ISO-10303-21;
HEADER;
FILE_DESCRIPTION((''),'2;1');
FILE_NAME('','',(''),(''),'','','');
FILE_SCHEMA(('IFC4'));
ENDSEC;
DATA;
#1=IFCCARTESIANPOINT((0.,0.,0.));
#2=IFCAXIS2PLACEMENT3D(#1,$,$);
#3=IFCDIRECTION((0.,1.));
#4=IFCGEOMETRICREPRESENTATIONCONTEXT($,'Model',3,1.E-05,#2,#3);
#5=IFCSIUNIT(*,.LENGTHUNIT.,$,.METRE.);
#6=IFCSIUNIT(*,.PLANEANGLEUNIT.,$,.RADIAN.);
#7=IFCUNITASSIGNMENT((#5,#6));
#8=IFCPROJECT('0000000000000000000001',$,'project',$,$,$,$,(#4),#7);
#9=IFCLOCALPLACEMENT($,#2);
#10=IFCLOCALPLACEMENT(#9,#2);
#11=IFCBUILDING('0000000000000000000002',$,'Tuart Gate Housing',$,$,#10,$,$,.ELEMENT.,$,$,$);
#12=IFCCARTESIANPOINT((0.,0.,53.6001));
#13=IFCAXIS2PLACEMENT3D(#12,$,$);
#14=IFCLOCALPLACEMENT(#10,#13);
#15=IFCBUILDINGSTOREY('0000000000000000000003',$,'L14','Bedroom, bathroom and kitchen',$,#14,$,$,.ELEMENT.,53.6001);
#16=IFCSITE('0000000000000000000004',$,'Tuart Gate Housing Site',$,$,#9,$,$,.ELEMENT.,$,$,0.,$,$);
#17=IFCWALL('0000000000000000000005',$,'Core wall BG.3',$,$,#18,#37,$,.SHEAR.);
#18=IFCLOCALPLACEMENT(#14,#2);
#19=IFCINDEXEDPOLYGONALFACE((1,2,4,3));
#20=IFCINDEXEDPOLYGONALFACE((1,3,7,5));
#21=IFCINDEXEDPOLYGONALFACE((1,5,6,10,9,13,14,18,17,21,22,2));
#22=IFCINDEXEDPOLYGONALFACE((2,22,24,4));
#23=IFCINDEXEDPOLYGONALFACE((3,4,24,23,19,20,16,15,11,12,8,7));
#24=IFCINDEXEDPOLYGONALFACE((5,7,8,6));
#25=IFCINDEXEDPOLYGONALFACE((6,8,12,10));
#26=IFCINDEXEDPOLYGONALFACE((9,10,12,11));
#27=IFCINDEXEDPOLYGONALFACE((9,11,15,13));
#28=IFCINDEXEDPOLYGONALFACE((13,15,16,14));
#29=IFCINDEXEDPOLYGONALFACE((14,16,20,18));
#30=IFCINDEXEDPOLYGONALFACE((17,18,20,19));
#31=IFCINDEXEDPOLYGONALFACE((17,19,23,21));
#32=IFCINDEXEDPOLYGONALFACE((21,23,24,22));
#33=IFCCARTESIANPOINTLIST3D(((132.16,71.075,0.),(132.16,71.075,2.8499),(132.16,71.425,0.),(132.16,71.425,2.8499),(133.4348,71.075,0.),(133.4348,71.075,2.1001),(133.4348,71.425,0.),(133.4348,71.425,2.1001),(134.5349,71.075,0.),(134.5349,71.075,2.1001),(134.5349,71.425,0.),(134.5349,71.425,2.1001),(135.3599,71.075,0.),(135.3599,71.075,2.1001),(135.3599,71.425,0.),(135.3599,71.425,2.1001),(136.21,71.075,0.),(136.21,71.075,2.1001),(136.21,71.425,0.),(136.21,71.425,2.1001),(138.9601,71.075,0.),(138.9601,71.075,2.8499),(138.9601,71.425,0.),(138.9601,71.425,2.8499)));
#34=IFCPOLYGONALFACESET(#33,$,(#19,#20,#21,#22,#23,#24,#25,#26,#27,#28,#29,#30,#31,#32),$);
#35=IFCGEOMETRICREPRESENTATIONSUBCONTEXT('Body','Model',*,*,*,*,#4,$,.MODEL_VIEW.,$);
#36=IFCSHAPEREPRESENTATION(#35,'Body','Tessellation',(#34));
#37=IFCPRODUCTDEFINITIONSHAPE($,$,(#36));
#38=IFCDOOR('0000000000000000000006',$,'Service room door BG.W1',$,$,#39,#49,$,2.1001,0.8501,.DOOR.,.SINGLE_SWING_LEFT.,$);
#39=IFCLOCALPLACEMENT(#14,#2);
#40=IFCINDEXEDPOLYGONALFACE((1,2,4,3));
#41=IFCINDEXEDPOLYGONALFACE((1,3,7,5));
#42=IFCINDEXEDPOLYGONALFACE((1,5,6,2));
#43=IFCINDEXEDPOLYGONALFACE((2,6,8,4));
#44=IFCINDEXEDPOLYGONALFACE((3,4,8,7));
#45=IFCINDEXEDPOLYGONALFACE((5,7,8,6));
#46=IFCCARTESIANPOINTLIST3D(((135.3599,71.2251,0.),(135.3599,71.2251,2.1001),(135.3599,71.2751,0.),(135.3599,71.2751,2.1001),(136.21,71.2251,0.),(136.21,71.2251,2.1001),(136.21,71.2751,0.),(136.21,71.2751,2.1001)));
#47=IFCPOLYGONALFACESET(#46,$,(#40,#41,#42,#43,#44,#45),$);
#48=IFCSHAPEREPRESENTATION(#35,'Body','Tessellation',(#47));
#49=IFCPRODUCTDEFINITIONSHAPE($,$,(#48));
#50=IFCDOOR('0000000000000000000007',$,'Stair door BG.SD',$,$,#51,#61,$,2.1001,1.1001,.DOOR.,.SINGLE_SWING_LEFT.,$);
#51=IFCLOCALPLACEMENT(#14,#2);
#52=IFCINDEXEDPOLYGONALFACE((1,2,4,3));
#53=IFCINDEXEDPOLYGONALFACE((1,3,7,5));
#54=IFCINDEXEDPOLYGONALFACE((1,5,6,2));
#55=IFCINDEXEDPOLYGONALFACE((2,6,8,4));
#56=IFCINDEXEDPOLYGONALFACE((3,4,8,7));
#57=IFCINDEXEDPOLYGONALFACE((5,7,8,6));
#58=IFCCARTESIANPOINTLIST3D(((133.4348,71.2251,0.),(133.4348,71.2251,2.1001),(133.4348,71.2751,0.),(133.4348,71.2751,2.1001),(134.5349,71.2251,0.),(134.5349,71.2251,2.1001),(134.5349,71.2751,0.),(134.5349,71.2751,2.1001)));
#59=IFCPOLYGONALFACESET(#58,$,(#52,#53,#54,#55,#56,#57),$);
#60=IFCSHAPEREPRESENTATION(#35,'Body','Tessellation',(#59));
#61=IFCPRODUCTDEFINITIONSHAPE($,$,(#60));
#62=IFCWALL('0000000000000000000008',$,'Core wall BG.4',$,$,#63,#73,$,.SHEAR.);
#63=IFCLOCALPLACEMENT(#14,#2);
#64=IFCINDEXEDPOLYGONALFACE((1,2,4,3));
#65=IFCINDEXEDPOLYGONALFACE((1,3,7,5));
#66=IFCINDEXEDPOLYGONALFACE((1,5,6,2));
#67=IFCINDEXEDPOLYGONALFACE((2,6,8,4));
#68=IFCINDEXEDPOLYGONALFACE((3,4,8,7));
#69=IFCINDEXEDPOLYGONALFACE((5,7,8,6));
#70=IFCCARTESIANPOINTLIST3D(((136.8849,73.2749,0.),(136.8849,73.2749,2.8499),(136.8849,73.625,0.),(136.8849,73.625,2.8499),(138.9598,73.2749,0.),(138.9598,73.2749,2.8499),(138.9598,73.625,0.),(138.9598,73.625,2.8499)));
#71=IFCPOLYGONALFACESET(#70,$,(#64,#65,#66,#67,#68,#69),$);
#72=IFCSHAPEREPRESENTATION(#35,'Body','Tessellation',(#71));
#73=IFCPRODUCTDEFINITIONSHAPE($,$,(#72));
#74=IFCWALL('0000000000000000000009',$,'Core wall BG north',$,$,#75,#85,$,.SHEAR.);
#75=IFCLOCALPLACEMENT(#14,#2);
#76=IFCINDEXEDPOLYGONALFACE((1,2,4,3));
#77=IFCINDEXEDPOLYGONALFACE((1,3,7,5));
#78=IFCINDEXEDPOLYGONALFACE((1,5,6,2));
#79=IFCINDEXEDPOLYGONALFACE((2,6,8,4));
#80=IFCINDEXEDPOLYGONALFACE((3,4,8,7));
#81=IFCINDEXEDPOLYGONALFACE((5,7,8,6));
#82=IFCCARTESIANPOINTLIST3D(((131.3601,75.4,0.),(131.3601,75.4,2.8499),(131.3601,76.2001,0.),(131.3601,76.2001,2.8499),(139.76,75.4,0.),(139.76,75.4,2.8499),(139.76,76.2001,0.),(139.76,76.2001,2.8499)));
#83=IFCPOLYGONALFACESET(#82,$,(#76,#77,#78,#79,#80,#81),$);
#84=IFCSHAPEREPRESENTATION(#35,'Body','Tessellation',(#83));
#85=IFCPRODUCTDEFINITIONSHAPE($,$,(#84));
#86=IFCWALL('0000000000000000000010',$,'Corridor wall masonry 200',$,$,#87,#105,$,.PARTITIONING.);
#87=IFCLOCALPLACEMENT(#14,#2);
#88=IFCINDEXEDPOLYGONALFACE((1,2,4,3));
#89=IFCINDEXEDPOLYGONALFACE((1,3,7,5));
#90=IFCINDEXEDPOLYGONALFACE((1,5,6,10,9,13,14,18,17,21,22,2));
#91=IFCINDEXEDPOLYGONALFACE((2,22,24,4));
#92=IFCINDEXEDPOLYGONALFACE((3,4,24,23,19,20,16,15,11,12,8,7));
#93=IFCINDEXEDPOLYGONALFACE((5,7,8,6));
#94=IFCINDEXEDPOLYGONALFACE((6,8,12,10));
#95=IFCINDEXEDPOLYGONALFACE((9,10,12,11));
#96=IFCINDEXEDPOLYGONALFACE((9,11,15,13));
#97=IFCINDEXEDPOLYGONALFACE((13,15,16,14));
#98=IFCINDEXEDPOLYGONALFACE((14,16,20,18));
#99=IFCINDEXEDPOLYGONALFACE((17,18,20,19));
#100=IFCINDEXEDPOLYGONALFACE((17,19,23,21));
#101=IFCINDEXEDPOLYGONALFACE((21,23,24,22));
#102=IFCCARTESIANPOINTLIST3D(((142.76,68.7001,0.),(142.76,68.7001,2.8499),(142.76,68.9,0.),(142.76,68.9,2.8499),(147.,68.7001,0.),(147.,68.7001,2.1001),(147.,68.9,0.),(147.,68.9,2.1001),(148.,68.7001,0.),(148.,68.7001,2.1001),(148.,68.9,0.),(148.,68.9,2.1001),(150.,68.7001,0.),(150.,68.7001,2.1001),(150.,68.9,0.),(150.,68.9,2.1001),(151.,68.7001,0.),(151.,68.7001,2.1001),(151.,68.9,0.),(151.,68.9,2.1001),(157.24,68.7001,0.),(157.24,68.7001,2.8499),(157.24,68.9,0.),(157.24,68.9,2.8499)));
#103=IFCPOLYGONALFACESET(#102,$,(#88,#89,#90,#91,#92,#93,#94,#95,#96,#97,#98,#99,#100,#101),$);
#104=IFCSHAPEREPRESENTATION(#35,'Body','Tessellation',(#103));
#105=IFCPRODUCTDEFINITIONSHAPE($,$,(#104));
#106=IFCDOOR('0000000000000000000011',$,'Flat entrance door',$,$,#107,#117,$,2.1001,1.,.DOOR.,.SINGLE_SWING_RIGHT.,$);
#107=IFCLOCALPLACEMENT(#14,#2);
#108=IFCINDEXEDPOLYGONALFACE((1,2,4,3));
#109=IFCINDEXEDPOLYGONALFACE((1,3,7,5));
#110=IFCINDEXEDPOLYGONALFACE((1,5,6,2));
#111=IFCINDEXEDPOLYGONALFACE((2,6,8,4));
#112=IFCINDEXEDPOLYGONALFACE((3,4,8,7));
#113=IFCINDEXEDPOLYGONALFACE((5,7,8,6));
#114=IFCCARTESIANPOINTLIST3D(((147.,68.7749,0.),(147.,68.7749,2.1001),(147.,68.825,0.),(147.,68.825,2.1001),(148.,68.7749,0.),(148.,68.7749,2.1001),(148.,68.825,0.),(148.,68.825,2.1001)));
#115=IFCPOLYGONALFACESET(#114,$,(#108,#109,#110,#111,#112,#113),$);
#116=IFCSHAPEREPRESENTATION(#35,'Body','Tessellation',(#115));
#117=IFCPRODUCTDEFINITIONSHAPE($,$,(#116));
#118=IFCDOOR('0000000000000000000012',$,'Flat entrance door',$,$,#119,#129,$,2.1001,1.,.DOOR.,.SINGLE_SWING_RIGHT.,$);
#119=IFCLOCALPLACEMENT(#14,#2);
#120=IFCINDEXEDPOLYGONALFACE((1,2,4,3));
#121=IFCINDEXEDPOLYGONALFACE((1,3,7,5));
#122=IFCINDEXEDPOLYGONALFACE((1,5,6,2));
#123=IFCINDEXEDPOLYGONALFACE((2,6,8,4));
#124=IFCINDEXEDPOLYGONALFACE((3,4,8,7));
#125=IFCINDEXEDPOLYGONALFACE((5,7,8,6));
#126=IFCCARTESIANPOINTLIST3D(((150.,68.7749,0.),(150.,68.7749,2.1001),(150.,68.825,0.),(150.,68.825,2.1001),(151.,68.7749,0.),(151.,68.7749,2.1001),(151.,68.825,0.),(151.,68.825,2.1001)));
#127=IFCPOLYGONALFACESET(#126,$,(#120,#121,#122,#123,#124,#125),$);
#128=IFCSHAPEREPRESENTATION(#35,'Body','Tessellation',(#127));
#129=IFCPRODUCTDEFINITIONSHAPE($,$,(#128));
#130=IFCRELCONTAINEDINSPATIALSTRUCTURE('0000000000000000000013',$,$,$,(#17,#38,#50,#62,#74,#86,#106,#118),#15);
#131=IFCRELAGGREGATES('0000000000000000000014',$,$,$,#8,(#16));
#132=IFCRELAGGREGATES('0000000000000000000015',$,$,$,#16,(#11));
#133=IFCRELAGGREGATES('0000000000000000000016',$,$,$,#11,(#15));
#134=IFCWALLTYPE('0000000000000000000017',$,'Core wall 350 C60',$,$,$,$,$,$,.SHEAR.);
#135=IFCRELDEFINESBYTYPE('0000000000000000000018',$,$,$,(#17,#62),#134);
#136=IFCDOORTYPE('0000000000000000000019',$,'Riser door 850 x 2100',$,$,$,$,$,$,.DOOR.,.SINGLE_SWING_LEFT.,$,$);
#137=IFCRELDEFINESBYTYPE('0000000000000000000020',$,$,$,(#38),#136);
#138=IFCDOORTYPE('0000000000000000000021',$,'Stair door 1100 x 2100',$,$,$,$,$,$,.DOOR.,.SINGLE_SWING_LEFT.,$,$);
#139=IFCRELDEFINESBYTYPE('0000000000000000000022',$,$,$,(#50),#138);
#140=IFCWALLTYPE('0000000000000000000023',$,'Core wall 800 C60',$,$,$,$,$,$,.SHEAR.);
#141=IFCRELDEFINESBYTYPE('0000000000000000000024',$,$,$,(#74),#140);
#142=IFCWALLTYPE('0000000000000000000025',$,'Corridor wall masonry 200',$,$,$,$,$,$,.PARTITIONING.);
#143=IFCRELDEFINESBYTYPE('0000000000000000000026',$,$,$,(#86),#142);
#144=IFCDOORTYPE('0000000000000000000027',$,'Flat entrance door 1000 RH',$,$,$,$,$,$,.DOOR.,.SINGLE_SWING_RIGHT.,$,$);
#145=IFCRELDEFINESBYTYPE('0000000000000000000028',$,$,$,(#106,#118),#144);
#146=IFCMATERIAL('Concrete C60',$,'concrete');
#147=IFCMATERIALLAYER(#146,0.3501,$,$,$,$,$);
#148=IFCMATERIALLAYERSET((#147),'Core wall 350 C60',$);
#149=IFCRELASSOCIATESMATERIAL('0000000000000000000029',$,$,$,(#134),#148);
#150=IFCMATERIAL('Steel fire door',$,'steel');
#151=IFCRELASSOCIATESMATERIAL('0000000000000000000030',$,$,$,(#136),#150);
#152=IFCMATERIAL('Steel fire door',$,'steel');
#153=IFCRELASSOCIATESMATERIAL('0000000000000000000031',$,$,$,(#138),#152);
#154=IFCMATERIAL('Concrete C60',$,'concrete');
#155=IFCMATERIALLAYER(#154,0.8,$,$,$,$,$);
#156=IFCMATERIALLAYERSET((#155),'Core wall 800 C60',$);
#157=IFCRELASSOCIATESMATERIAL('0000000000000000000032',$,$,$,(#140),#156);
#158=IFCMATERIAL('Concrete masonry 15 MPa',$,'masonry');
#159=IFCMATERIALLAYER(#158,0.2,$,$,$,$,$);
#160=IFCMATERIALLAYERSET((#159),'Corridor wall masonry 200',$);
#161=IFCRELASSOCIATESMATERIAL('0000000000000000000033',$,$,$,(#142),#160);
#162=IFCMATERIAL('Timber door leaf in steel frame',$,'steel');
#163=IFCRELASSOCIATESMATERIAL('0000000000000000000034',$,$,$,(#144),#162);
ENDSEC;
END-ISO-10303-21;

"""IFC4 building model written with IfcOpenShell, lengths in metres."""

from ifc_helpers import new_model, si_unit, direction, frame, frame_2d, origin, place, context, subcontext, project, spatial, rectangle, extrude, material, layer, layer_set, type_object, element, fill, save


model = new_model("IFC4")

# Units and contexts
model_context = context("Model", 3, precision=1e-05, world=origin(), true_north=direction((0.0, 1.0)))
body_context = subcontext(model_context, "Body", "Model", "MODEL_VIEW")
ifc_project = project(units=[si_unit("LENGTHUNIT", "METRE"), si_unit("PLANEANGLEUNIT", "RADIAN")], contexts=[model_context])

# Site, building, storey
site_placement = place(None, origin())
site = spatial("IfcSite", under=ifc_project, at=site_placement, Name="Tuart Gate Housing Site", CompositionType="ELEMENT", RefElevation=0.0)
building_placement = place(site_placement, origin())
building = spatial("IfcBuilding", under=site, at=building_placement, Name="Tuart Gate Housing", CompositionType="ELEMENT")
storey_placement = place(building_placement, frame((0.0, 0.0, 53.6001)))
storey = spatial("IfcBuildingStorey", under=building, at=storey_placement, Name="L14", Description="Bedroom, bathroom and kitchen", CompositionType="ELEMENT", Elevation=53.6001)

# Wall, openings, doors
ifc_material_1 = material(Name="Concrete C60", Category="concrete")
ifc_layer_1 = layer(ifc_material_1, 0.3501)
ifc_layer_set_1 = layer_set([ifc_layer_1], Name="Core wall 350 C60")
wall_type_1 = type_object("IfcWallType", Name="Core wall 350 C60", PredefinedType="SHEAR", material=ifc_layer_set_1)
wall_1_placement = place(storey_placement, frame((138.96, 71.25, 0.0), z_axis=(0.0, 0.0, 1.0), x_axis=(-1.0, 0.0, 0.0)))
wall_1 = element("IfcWall", 1, at=wall_1_placement, inside=storey, type_object=wall_type_1, Name="Core wall BG.3", PredefinedType="SHEAR", context=body_context, shape_type="SweptSolid", body=[
    extrude(rectangle(XDim=6.8, YDim=0.3501, at=frame_2d((3.3999, 0.0))), origin(), (0.0, 0.0, 1.0), 2.8499),
])
opening_1_placement = place(wall_1_placement, frame((4.425, 0.0, 0.0)))
opening_1 = element("IfcOpeningElement", 2, at=opening_1_placement, cuts=wall_1, PredefinedType="OPENING", context=body_context, shape_type="SweptSolid", body=[
    extrude(rectangle(XDim=1.1001, YDim=2.1001, at=frame_2d((0.55, 1.05))), frame((0.0, 0.1851, 0.0), z_axis=(0.0, -1.0, 0.0), x_axis=(1.0, 0.0, 0.0)), (0.0, 0.0, 1.0), 0.3701),
])
opening_2_placement = place(wall_1_placement, frame((2.75, 0.0, 0.0)))
opening_2 = element("IfcOpeningElement", 3, at=opening_2_placement, cuts=wall_1, PredefinedType="OPENING", context=body_context, shape_type="SweptSolid", body=[
    extrude(rectangle(XDim=0.8501, YDim=2.1001, at=frame_2d((0.425, 1.05))), frame((0.0, 0.1851, 0.0), z_axis=(0.0, -1.0, 0.0), x_axis=(1.0, 0.0, 0.0)), (0.0, 0.0, 1.0), 0.3701),
])
ifc_material_2 = material(Name="Steel fire door", Category="steel")
door_type_1 = type_object("IfcDoorType", Name="Riser door 850 x 2100", OperationType="SINGLE_SWING_LEFT", PredefinedType="DOOR", material=ifc_material_2)
door_1_placement = place(opening_2_placement, origin())
door_1 = element("IfcDoor", 4, at=door_1_placement, inside=storey, type_object=door_type_1, Name="Service room door BG.W1", OperationType="SINGLE_SWING_LEFT", OverallHeight=2.1001, OverallWidth=0.8501, PredefinedType="DOOR", context=body_context, shape_type="SweptSolid", body=[
    extrude(rectangle(XDim=0.8501, YDim=2.1001, at=frame_2d((0.425, 1.05))), frame((0.0, 0.0249, 0.0), z_axis=(0.0, -1.0, 0.0), x_axis=(1.0, 0.0, 0.0)), (0.0, 0.0, 1.0), 0.05),
])
fill(opening_2, door_1)
ifc_material_3 = material(Name="Steel fire door", Category="steel")
door_type_2 = type_object("IfcDoorType", Name="Stair door 1100 x 2100", OperationType="SINGLE_SWING_LEFT", PredefinedType="DOOR", material=ifc_material_3)
door_2_placement = place(opening_1_placement, origin())
door_2 = element("IfcDoor", 5, at=door_2_placement, inside=storey, type_object=door_type_2, Name="Stair door BG.SD", OperationType="SINGLE_SWING_LEFT", OverallHeight=2.1001, OverallWidth=1.1001, PredefinedType="DOOR", context=body_context, shape_type="SweptSolid", body=[
    extrude(rectangle(XDim=1.1001, YDim=2.1001, at=frame_2d((0.55, 1.05))), frame((0.0, 0.0249, 0.0), z_axis=(0.0, -1.0, 0.0), x_axis=(1.0, 0.0, 0.0)), (0.0, 0.0, 1.0), 0.05),
])
fill(opening_1, door_2)

# Walls
wall_2_placement = place(storey_placement, frame((138.96, 73.45, 0.0), z_axis=(0.0, 0.0, 1.0), x_axis=(-1.0, 0.0, 0.0)))
element("IfcWall", 6, at=wall_2_placement, inside=storey, type_object=wall_type_1, Name="Core wall BG.4", PredefinedType="SHEAR", context=body_context, shape_type="SweptSolid", body=[
    extrude(rectangle(XDim=2.075, YDim=0.3501, at=frame_2d((1.0376, 0.0))), origin(), (0.0, 0.0, 1.0), 2.8499),
])
ifc_material_4 = material(Name="Concrete C60", Category="concrete")
ifc_layer_2 = layer(ifc_material_4, 0.8)
ifc_layer_set_2 = layer_set([ifc_layer_2], Name="Core wall 800 C60")
wall_type_2 = type_object("IfcWallType", Name="Core wall 800 C60", PredefinedType="SHEAR", material=ifc_layer_set_2)
wall_3_placement = place(storey_placement, frame((139.76, 75.8, 0.0), z_axis=(0.0, 0.0, 1.0), x_axis=(-1.0, 0.0, 0.0)))
element("IfcWall", 7, at=wall_3_placement, inside=storey, type_object=wall_type_2, Name="Core wall BG north", PredefinedType="SHEAR", context=body_context, shape_type="SweptSolid", body=[
    extrude(rectangle(XDim=8.3999, YDim=0.8, at=frame_2d((4.2, 0.0))), origin(), (0.0, 0.0, 1.0), 2.8499),
])

# Wall, openings, doors
ifc_material_5 = material(Name="Concrete masonry 15 MPa", Category="masonry")
ifc_layer_3 = layer(ifc_material_5, 0.2)
ifc_layer_set_3 = layer_set([ifc_layer_3], Name="Corridor wall masonry 200")
wall_type_3 = type_object("IfcWallType", Name="Corridor wall masonry 200", PredefinedType="PARTITIONING", material=ifc_layer_set_3)
wall_4_placement = place(storey_placement, frame((142.76, 68.8, 0.0), z_axis=(0.0, 0.0, 1.0), x_axis=(1.0, 0.0, 0.0)))
wall_4 = element("IfcWall", 8, at=wall_4_placement, inside=storey, type_object=wall_type_3, Name="Corridor wall masonry 200", PredefinedType="PARTITIONING", context=body_context, shape_type="SweptSolid", body=[
    extrude(rectangle(XDim=14.48, YDim=0.2, at=frame_2d((7.24, 0.0))), origin(), (0.0, 0.0, 1.0), 2.8499),
])
opening_3_placement = place(wall_4_placement, frame((4.24, 0.0, 0.0)))
opening_3 = element("IfcOpeningElement", 9, at=opening_3_placement, cuts=wall_4, PredefinedType="OPENING", context=body_context, shape_type="SweptSolid", body=[
    extrude(rectangle(XDim=1.0, YDim=2.1001, at=frame_2d((0.5, 1.05))), frame((0.0, 0.1099, 0.0), z_axis=(0.0, -1.0, 0.0), x_axis=(1.0, 0.0, 0.0)), (0.0, 0.0, 1.0), 0.22),
])
opening_4_placement = place(wall_4_placement, frame((7.24, 0.0, 0.0)))
opening_4 = element("IfcOpeningElement", 10, at=opening_4_placement, cuts=wall_4, PredefinedType="OPENING", context=body_context, shape_type="SweptSolid", body=[
    extrude(rectangle(XDim=1.0, YDim=2.1001, at=frame_2d((0.5, 1.05))), frame((0.0, 0.1099, 0.0), z_axis=(0.0, -1.0, 0.0), x_axis=(1.0, 0.0, 0.0)), (0.0, 0.0, 1.0), 0.22),
])
ifc_material_6 = material(Name="Timber door leaf in steel frame", Category="steel")
door_type_3 = type_object("IfcDoorType", Name="Flat entrance door 1000 RH", OperationType="SINGLE_SWING_RIGHT", PredefinedType="DOOR", material=ifc_material_6)
door_3_placement = place(opening_3_placement, frame((1.0, 0.0, 0.0), z_axis=(0.0, 0.0, 1.0), x_axis=(-1.0, 0.0, 0.0)))
door_3 = element("IfcDoor", 11, at=door_3_placement, inside=storey, type_object=door_type_3, Name="Flat entrance door", OperationType="SINGLE_SWING_RIGHT", OverallHeight=2.1001, OverallWidth=1.0, PredefinedType="DOOR", context=body_context, shape_type="SweptSolid", body=[
    extrude(rectangle(XDim=1.0, YDim=2.1001, at=frame_2d((0.5, 1.05))), frame((0.0, 0.0251, 0.0), z_axis=(0.0, -1.0, 0.0), x_axis=(1.0, 0.0, 0.0)), (0.0, 0.0, 1.0), 0.05),
])
fill(opening_3, door_3)
door_4_placement = place(opening_4_placement, frame((1.0, 0.0, 0.0), z_axis=(0.0, 0.0, 1.0), x_axis=(-1.0, 0.0, 0.0)))
door_4 = element("IfcDoor", 12, at=door_4_placement, inside=storey, type_object=door_type_3, Name="Flat entrance door", OperationType="SINGLE_SWING_RIGHT", OverallHeight=2.1001, OverallWidth=1.0, PredefinedType="DOOR", context=body_context, shape_type="SweptSolid", body=[
    extrude(rectangle(XDim=1.0, YDim=2.1001, at=frame_2d((0.5, 1.05))), frame((0.0, 0.0251, 0.0), z_axis=(0.0, -1.0, 0.0), x_axis=(1.0, 0.0, 0.0)), (0.0, 0.0, 1.0), 0.05),
])
fill(opening_4, door_4)

save(model, "model.ifc")
